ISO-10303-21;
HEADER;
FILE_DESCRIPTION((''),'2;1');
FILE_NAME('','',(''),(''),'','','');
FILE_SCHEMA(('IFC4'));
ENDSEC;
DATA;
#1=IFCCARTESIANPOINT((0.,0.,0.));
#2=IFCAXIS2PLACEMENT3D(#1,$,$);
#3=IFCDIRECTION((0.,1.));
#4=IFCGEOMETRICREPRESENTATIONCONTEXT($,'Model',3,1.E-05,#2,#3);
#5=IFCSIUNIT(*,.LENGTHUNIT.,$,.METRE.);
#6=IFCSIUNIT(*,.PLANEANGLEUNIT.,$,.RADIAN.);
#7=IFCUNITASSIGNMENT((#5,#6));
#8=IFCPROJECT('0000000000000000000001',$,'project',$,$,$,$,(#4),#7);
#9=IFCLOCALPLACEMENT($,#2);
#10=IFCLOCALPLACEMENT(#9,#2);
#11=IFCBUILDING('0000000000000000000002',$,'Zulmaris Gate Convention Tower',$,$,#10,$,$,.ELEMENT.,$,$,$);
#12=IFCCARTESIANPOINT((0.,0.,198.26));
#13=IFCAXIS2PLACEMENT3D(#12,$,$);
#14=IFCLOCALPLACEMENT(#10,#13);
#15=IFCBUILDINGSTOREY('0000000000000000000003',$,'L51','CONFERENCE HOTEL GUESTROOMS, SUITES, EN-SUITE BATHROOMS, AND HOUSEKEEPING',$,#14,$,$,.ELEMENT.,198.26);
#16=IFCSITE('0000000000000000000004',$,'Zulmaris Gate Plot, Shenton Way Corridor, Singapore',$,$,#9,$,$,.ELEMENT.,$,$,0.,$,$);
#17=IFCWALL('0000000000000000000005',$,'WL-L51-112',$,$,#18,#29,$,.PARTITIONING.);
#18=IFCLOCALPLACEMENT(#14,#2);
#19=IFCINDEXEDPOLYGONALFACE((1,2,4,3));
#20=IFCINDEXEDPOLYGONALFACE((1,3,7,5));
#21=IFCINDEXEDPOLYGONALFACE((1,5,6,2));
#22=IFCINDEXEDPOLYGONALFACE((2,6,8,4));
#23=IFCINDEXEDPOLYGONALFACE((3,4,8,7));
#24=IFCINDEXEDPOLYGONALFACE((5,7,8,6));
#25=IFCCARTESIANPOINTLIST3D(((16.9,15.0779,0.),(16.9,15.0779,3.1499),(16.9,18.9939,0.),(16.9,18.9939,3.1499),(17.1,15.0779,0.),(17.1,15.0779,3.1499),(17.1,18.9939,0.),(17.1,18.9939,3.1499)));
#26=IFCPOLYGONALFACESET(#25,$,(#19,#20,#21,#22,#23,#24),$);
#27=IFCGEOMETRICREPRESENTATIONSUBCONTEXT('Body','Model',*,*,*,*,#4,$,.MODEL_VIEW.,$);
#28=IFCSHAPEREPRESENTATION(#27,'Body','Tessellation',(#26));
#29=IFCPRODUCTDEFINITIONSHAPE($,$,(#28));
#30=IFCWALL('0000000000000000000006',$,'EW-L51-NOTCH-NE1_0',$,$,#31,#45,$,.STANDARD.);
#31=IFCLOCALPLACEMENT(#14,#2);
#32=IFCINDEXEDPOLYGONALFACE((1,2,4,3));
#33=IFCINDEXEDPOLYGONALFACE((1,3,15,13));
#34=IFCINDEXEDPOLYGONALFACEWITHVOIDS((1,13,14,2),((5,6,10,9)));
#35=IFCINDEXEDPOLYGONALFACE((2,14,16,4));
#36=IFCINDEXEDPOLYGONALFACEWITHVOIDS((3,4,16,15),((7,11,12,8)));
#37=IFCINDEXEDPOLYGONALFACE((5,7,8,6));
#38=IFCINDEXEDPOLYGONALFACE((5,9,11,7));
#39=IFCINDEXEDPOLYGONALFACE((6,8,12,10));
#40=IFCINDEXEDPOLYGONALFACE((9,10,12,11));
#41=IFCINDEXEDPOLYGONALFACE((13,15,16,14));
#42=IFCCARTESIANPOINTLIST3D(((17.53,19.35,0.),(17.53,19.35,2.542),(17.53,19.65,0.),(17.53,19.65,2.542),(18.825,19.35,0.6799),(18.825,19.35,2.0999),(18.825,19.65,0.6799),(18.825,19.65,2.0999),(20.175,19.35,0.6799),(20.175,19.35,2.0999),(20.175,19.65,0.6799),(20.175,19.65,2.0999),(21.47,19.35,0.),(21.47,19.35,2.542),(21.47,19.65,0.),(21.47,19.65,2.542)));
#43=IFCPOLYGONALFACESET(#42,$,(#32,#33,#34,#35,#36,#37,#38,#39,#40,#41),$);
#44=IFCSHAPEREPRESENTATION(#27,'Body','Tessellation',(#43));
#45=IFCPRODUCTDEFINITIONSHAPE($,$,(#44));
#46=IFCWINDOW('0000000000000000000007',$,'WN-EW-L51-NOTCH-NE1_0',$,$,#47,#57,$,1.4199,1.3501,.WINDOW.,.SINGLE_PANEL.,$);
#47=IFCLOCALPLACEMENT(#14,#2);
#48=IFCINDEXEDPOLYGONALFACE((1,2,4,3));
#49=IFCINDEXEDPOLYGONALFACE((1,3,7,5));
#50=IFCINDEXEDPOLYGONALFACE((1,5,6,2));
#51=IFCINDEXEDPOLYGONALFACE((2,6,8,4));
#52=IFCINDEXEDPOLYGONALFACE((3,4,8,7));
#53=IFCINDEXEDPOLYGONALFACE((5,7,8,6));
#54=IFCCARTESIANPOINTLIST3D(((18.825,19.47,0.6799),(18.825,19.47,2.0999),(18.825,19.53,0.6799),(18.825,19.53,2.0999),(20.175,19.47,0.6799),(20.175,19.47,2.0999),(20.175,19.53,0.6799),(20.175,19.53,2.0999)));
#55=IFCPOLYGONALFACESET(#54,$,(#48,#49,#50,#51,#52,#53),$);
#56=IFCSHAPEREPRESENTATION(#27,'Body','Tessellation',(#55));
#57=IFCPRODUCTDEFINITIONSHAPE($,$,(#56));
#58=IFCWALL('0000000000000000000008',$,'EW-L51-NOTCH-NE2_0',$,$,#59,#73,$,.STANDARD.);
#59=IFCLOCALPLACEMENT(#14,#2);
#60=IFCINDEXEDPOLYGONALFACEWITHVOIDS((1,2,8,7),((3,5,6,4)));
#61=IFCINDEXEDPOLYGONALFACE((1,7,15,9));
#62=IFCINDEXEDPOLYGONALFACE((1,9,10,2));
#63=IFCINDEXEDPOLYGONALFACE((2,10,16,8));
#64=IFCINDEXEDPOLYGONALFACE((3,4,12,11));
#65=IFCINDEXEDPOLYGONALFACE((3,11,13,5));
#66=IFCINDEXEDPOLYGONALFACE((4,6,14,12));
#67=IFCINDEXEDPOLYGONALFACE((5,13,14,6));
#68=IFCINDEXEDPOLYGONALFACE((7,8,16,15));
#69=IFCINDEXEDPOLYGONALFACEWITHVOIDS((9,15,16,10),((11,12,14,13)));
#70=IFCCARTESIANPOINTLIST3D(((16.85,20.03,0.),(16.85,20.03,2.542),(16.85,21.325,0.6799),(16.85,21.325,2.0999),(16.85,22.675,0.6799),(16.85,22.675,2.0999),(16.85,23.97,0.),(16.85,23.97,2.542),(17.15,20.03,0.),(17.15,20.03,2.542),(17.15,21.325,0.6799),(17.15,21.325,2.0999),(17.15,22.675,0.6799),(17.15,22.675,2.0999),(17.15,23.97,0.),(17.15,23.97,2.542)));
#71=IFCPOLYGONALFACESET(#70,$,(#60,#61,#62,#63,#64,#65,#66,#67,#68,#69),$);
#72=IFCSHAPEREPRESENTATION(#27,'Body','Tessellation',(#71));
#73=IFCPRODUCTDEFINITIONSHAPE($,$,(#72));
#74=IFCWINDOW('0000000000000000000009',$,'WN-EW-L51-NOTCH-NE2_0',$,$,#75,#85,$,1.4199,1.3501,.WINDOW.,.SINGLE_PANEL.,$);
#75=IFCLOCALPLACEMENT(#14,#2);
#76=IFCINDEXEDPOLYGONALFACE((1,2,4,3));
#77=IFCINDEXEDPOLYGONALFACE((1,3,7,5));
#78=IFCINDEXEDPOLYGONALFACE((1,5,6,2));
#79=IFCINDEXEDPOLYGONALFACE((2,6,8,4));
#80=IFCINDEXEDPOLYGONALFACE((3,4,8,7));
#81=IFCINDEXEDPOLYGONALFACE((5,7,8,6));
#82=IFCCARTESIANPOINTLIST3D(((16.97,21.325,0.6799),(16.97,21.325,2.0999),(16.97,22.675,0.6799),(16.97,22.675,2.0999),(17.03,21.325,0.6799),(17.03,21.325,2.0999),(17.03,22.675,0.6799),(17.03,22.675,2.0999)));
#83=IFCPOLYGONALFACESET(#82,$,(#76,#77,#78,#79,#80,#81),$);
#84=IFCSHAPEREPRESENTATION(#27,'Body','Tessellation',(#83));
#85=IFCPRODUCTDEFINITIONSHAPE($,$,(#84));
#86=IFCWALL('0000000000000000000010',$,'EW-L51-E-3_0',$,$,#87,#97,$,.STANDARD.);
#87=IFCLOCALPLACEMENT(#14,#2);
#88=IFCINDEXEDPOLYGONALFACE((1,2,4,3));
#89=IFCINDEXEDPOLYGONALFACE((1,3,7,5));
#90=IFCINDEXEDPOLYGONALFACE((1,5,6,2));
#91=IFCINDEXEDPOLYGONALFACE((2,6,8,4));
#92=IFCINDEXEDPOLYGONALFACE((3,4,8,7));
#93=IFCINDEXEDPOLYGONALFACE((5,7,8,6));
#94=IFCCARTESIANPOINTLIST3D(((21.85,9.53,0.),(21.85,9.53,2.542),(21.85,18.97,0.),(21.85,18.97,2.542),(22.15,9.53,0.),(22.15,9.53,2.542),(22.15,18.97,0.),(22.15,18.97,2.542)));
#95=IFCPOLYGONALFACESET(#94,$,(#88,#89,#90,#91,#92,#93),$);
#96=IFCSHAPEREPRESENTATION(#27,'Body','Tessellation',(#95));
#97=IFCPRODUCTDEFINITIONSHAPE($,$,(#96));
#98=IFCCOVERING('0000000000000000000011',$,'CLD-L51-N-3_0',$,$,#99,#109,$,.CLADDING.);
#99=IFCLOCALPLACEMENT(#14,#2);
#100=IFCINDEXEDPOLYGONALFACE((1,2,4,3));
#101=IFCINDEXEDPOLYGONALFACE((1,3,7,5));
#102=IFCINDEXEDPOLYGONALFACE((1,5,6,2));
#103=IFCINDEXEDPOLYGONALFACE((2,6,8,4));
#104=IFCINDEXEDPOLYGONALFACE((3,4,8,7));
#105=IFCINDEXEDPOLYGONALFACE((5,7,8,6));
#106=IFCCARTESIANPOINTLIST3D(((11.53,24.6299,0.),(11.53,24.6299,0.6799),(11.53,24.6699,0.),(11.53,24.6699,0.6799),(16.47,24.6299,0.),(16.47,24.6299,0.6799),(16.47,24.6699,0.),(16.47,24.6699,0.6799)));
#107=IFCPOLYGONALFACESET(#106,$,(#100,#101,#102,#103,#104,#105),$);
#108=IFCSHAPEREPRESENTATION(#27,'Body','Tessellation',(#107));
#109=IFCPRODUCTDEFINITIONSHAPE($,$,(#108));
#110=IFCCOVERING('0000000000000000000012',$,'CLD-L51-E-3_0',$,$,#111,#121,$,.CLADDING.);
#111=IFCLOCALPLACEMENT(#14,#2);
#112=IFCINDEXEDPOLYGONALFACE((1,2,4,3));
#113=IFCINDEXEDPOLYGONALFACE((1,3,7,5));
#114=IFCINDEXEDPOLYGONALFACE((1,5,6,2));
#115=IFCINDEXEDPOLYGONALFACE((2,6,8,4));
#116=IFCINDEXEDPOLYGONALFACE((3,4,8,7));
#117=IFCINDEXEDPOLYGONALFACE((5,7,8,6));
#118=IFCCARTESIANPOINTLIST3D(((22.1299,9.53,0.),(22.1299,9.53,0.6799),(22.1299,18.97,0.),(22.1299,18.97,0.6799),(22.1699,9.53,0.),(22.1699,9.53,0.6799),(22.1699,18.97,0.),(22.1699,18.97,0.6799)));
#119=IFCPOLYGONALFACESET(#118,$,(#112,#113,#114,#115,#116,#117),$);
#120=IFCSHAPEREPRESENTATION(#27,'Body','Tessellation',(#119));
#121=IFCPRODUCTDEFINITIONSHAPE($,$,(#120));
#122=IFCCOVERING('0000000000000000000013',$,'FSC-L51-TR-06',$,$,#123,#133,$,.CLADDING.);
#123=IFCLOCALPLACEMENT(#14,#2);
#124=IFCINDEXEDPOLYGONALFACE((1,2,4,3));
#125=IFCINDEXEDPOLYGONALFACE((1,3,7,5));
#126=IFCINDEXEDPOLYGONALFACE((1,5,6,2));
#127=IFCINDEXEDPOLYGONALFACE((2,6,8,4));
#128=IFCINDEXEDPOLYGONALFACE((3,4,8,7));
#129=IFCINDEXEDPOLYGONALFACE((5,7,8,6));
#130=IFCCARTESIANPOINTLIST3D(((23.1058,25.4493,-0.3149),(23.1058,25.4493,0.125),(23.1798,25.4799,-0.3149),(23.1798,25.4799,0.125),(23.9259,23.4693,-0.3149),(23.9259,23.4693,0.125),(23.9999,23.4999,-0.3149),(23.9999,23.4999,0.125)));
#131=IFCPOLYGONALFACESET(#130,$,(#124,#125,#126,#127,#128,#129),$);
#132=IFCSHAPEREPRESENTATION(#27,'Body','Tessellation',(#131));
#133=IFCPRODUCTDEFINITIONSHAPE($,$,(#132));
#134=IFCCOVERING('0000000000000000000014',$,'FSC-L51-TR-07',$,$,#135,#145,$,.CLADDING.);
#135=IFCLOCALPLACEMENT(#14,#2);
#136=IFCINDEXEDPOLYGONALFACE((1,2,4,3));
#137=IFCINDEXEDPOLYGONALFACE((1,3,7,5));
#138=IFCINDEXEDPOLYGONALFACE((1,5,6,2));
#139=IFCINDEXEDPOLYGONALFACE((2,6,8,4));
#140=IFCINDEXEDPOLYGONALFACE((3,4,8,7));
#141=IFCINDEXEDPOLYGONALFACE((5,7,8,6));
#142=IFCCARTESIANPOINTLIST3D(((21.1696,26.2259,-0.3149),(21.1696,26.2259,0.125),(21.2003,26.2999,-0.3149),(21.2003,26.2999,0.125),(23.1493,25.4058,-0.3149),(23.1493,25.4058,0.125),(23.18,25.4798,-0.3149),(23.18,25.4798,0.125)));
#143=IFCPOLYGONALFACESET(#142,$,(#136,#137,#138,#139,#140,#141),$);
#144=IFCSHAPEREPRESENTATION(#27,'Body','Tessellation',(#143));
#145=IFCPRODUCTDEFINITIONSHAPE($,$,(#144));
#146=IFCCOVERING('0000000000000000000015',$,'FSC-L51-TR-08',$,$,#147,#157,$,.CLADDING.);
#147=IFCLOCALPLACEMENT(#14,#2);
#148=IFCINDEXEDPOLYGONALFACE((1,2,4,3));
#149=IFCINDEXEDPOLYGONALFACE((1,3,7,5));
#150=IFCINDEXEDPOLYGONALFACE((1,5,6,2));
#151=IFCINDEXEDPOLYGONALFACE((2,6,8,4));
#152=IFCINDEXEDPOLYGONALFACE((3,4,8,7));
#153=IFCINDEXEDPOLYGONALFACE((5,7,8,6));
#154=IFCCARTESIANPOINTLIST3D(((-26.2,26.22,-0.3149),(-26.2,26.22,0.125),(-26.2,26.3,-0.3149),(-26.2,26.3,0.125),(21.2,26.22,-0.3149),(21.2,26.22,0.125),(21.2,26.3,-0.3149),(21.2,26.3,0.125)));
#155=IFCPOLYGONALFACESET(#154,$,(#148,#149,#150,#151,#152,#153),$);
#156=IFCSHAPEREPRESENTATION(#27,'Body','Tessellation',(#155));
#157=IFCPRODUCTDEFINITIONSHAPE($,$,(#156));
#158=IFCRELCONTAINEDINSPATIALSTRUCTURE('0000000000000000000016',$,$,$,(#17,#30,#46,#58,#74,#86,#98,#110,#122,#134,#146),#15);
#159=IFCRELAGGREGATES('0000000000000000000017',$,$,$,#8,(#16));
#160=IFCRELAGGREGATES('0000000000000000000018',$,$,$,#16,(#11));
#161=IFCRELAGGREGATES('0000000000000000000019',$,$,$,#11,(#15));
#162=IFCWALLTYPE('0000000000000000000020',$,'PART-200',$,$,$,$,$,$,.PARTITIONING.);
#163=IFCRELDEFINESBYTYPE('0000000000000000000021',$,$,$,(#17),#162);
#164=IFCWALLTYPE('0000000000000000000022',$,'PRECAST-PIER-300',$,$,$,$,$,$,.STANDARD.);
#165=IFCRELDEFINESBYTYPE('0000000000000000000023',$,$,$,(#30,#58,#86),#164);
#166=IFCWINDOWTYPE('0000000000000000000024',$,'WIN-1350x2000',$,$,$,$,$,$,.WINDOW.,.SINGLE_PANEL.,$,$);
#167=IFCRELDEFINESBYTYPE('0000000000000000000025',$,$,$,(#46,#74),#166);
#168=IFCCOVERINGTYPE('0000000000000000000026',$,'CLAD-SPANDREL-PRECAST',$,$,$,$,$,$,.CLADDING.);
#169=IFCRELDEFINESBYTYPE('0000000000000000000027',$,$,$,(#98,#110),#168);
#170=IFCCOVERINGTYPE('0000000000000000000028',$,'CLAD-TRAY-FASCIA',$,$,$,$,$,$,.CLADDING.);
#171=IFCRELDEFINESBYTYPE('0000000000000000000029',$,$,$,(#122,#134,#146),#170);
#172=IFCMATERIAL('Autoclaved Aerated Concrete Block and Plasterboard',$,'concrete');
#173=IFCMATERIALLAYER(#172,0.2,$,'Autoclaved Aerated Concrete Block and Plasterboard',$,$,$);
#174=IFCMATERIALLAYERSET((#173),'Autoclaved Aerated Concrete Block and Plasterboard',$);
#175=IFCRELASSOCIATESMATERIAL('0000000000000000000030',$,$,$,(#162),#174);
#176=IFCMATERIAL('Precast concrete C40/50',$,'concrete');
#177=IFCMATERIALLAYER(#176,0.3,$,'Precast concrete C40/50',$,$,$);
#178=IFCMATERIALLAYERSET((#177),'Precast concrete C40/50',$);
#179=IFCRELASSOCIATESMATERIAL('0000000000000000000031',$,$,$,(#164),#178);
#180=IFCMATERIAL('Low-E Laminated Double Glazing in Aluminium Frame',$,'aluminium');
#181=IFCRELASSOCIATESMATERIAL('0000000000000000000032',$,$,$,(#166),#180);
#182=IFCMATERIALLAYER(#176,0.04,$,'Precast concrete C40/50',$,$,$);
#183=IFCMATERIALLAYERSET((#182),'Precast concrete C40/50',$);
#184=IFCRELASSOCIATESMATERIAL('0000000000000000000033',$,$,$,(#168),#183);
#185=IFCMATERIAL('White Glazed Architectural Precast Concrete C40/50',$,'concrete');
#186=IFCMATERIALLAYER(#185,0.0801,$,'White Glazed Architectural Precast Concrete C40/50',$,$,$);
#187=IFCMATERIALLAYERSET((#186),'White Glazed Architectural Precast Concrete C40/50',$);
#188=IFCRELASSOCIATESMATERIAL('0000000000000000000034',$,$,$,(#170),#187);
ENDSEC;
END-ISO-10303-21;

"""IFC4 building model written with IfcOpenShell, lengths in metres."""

from ifc_helpers import new_model, si_unit, direction, frame, frame_2d, origin, place, context, subcontext, project, spatial, rectangle, extrude, material, layer, layer_set, type_object, element, fill, save


model = new_model("IFC4")

# Units and contexts
model_context = context("Model", 3, precision=1e-05, world=origin(), true_north=direction((0.0, 1.0)))
body_context = subcontext(model_context, "Body", "Model", "MODEL_VIEW")
ifc_project = project(units=[si_unit("LENGTHUNIT", "METRE"), si_unit("PLANEANGLEUNIT", "RADIAN")], contexts=[model_context])

# Site, building, storey
site_placement = place(None, origin())
site = spatial("IfcSite", under=ifc_project, at=site_placement, Name="Zulmaris Gate Plot, Shenton Way Corridor, Singapore", CompositionType="ELEMENT", RefElevation=0.0)
building_placement = place(site_placement, origin())
building = spatial("IfcBuilding", under=site, at=building_placement, Name="Zulmaris Gate Convention Tower", CompositionType="ELEMENT")
storey_placement = place(building_placement, frame((0.0, 0.0, 198.26)))
storey = spatial("IfcBuildingStorey", under=building, at=storey_placement, Name="L51", Description="CONFERENCE HOTEL GUESTROOMS, SUITES, EN-SUITE BATHROOMS, AND HOUSEKEEPING", CompositionType="ELEMENT", Elevation=198.26)

# Wall
ifc_material_1 = material(Name="Autoclaved Aerated Concrete Block and Plasterboard", Category="concrete")
ifc_layer_1 = layer(ifc_material_1, 0.2, Name="Autoclaved Aerated Concrete Block and Plasterboard")
ifc_layer_set_1 = layer_set([ifc_layer_1], Name="Autoclaved Aerated Concrete Block and Plasterboard")
wall_type_1 = type_object("IfcWallType", Name="PART-200", PredefinedType="PARTITIONING", material=ifc_layer_set_1)
wall_1_placement = place(storey_placement, frame((17.0, 15.0779, 0.0), z_axis=(0.0, 0.0, 1.0), x_axis=(0.0, 1.0, 0.0)))
element("IfcWall", 1, at=wall_1_placement, inside=storey, type_object=wall_type_1, Name="WL-L51-112", PredefinedType="PARTITIONING", context=body_context, shape_type="SweptSolid", body=[
    extrude(rectangle(XDim=3.916, YDim=0.2, at=frame_2d((1.958, 0.0))), origin(), (0.0, 0.0, 1.0), 3.1499),
])

# Walls, openings, windows
ifc_material_2 = material(Name="Precast concrete C40/50", Category="concrete")
ifc_layer_2 = layer(ifc_material_2, 0.3, Name="Precast concrete C40/50")
ifc_layer_set_2 = layer_set([ifc_layer_2], Name="Precast concrete C40/50")
wall_type_2 = type_object("IfcWallType", Name="PRECAST-PIER-300", PredefinedType="STANDARD", material=ifc_layer_set_2)
wall_2_placement = place(storey_placement, frame((21.47, 19.5, 0.0), z_axis=(0.0, 0.0, 1.0), x_axis=(-1.0, 0.0, 0.0)))
wall_2 = element("IfcWall", 2, at=wall_2_placement, inside=storey, type_object=wall_type_2, Name="EW-L51-NOTCH-NE1_0", PredefinedType="STANDARD", context=body_context, shape_type="SweptSolid", body=[
    extrude(rectangle(XDim=3.9399, YDim=0.3, at=frame_2d((1.97, 0.0))), origin(), (0.0, 0.0, 1.0), 2.542),
])
opening_1_placement = place(wall_2_placement, frame((1.2949, 0.0, 0.6799)))
opening_1 = element("IfcOpeningElement", 3, at=opening_1_placement, cuts=wall_2, PredefinedType="OPENING", context=body_context, shape_type="SweptSolid", body=[
    extrude(rectangle(XDim=1.3501, YDim=1.4199, at=frame_2d((0.675, 0.71))), frame((0.0, 0.1602, 0.0), z_axis=(0.0, -1.0, 0.0), x_axis=(1.0, 0.0, 0.0)), (0.0, 0.0, 1.0), 0.3201),
])
ifc_material_3 = material(Name="Low-E Laminated Double Glazing in Aluminium Frame", Category="aluminium")
window_type = type_object("IfcWindowType", Name="WIN-1350x2000", PartitioningType="SINGLE_PANEL", PredefinedType="WINDOW", material=ifc_material_3)
window_1_placement = place(opening_1_placement, origin())
window_1 = element("IfcWindow", 4, at=window_1_placement, inside=storey, type_object=window_type, Name="WN-EW-L51-NOTCH-NE1_0", OverallHeight=1.4199, OverallWidth=1.3501, PartitioningType="SINGLE_PANEL", PredefinedType="WINDOW", context=body_context, shape_type="SweptSolid", body=[
    extrude(rectangle(XDim=1.3501, YDim=1.4199, at=frame_2d((0.675, 0.71))), frame((0.0, 0.03, 0.0), z_axis=(0.0, -1.0, 0.0), x_axis=(1.0, 0.0, 0.0)), (0.0, 0.0, 1.0), 0.0601),
])
fill(opening_1, window_1)
wall_3_placement = place(storey_placement, frame((17.0, 20.03, 0.0), z_axis=(0.0, 0.0, 1.0), x_axis=(0.0, 1.0, 0.0)))
wall_3 = element("IfcWall", 5, at=wall_3_placement, inside=storey, type_object=wall_type_2, Name="EW-L51-NOTCH-NE2_0", PredefinedType="STANDARD", context=body_context, shape_type="SweptSolid", body=[
    extrude(rectangle(XDim=3.9399, YDim=0.3, at=frame_2d((1.97, 0.0))), origin(), (0.0, 0.0, 1.0), 2.542),
])
opening_2_placement = place(wall_3_placement, frame((1.2949, 0.0, 0.6799)))
opening_2 = element("IfcOpeningElement", 6, at=opening_2_placement, cuts=wall_3, PredefinedType="OPENING", context=body_context, shape_type="SweptSolid", body=[
    extrude(rectangle(XDim=1.3501, YDim=1.4199, at=frame_2d((0.675, 0.71))), frame((0.0, 0.1602, 0.0), z_axis=(0.0, -1.0, 0.0), x_axis=(1.0, 0.0, 0.0)), (0.0, 0.0, 1.0), 0.3201),
])
window_2_placement = place(opening_2_placement, origin())
window_2 = element("IfcWindow", 7, at=window_2_placement, inside=storey, type_object=window_type, Name="WN-EW-L51-NOTCH-NE2_0", OverallHeight=1.4199, OverallWidth=1.3501, PartitioningType="SINGLE_PANEL", PredefinedType="WINDOW", context=body_context, shape_type="SweptSolid", body=[
    extrude(rectangle(XDim=1.3501, YDim=1.4199, at=frame_2d((0.675, 0.71))), frame((0.0, 0.03, 0.0), z_axis=(0.0, -1.0, 0.0), x_axis=(1.0, 0.0, 0.0)), (0.0, 0.0, 1.0), 0.0601),
])
fill(opening_2, window_2)

# Wall
wall_4_placement = place(storey_placement, frame((22.0, 9.53, 0.0), z_axis=(0.0, 0.0, 1.0), x_axis=(0.0, 1.0, 0.0)))
element("IfcWall", 8, at=wall_4_placement, inside=storey, type_object=wall_type_2, Name="EW-L51-E-3_0", PredefinedType="STANDARD", context=body_context, shape_type="SweptSolid", body=[
    extrude(rectangle(XDim=9.4399, YDim=0.3, at=frame_2d((4.72, 0.0))), origin(), (0.0, 0.0, 1.0), 2.542),
])

# Coverings
ifc_layer_3 = layer(ifc_material_2, 0.04, Name="Precast concrete C40/50")
ifc_layer_set_3 = layer_set([ifc_layer_3], Name="Precast concrete C40/50")
covering_type_1 = type_object("IfcCoveringType", Name="CLAD-SPANDREL-PRECAST", PredefinedType="CLADDING", material=ifc_layer_set_3)
covering_1_placement = place(storey_placement, frame((16.47, 24.6499, 0.0), z_axis=(0.0, 0.0, 1.0), x_axis=(-1.0, 0.0, 0.0)))
element("IfcCovering", 9, at=covering_1_placement, inside=storey, type_object=covering_type_1, Name="CLD-L51-N-3_0", PredefinedType="CLADDING", context=body_context, shape_type="SweptSolid", body=[
    extrude(rectangle(XDim=4.9399, YDim=0.04, at=frame_2d((2.47, 0.0))), origin(), (0.0, 0.0, 1.0), 0.6799),
])
covering_2_placement = place(storey_placement, frame((22.1499, 9.53, 0.0), z_axis=(0.0, 0.0, 1.0), x_axis=(0.0, 1.0, 0.0)))
element("IfcCovering", 10, at=covering_2_placement, inside=storey, type_object=covering_type_1, Name="CLD-L51-E-3_0", PredefinedType="CLADDING", context=body_context, shape_type="SweptSolid", body=[
    extrude(rectangle(XDim=9.4399, YDim=0.04, at=frame_2d((4.72, 0.0))), origin(), (0.0, 0.0, 1.0), 0.6799),
])
ifc_material_4 = material(Name="White Glazed Architectural Precast Concrete C40/50", Category="concrete")
ifc_layer_4 = layer(ifc_material_4, 0.0801, Name="White Glazed Architectural Precast Concrete C40/50")
ifc_layer_set_4 = layer_set([ifc_layer_4], Name="White Glazed Architectural Precast Concrete C40/50")
covering_type_2 = type_object("IfcCoveringType", Name="CLAD-TRAY-FASCIA", PredefinedType="CLADDING", material=ifc_layer_set_4)
covering_3_placement = place(storey_placement, frame((23.9629, 23.4846, -0.3149), z_axis=(0.0, 0.0, 1.0), x_axis=(-0.382657, 0.92389, 0.0)))
element("IfcCovering", 11, at=covering_3_placement, inside=storey, type_object=covering_type_2, Name="FSC-L51-TR-06", PredefinedType="CLADDING", context=body_context, shape_type="SweptSolid", body=[
    extrude(rectangle(XDim=2.1431, YDim=0.0801, at=frame_2d((1.0715, 0.0))), origin(), (0.0, 0.0, 1.0), 0.4399),
])
covering_4_placement = place(storey_placement, frame((23.1646, 25.4429, -0.3149), z_axis=(0.0, 0.0, 1.0), x_axis=(-0.923874, 0.382697, 0.0)))
element("IfcCovering", 12, at=covering_4_placement, inside=storey, type_object=covering_type_2, Name="FSC-L51-TR-07", PredefinedType="CLADDING", context=body_context, shape_type="SweptSolid", body=[
    extrude(rectangle(XDim=2.1428, YDim=0.0801, at=frame_2d((1.0713, 0.0))), origin(), (0.0, 0.0, 1.0), 0.4399),
])
covering_5_placement = place(storey_placement, frame((21.2, 26.26, -0.3149), z_axis=(0.0, 0.0, 1.0), x_axis=(-1.0, 0.0, 0.0)))
element("IfcCovering", 13, at=covering_5_placement, inside=storey, type_object=covering_type_2, Name="FSC-L51-TR-08", PredefinedType="CLADDING", context=body_context, shape_type="SweptSolid", body=[
    extrude(rectangle(XDim=47.3999, YDim=0.0801, at=frame_2d((23.7, 0.0))), origin(), (0.0, 0.0, 1.0), 0.4399),
])

save(model, "model.ifc")
